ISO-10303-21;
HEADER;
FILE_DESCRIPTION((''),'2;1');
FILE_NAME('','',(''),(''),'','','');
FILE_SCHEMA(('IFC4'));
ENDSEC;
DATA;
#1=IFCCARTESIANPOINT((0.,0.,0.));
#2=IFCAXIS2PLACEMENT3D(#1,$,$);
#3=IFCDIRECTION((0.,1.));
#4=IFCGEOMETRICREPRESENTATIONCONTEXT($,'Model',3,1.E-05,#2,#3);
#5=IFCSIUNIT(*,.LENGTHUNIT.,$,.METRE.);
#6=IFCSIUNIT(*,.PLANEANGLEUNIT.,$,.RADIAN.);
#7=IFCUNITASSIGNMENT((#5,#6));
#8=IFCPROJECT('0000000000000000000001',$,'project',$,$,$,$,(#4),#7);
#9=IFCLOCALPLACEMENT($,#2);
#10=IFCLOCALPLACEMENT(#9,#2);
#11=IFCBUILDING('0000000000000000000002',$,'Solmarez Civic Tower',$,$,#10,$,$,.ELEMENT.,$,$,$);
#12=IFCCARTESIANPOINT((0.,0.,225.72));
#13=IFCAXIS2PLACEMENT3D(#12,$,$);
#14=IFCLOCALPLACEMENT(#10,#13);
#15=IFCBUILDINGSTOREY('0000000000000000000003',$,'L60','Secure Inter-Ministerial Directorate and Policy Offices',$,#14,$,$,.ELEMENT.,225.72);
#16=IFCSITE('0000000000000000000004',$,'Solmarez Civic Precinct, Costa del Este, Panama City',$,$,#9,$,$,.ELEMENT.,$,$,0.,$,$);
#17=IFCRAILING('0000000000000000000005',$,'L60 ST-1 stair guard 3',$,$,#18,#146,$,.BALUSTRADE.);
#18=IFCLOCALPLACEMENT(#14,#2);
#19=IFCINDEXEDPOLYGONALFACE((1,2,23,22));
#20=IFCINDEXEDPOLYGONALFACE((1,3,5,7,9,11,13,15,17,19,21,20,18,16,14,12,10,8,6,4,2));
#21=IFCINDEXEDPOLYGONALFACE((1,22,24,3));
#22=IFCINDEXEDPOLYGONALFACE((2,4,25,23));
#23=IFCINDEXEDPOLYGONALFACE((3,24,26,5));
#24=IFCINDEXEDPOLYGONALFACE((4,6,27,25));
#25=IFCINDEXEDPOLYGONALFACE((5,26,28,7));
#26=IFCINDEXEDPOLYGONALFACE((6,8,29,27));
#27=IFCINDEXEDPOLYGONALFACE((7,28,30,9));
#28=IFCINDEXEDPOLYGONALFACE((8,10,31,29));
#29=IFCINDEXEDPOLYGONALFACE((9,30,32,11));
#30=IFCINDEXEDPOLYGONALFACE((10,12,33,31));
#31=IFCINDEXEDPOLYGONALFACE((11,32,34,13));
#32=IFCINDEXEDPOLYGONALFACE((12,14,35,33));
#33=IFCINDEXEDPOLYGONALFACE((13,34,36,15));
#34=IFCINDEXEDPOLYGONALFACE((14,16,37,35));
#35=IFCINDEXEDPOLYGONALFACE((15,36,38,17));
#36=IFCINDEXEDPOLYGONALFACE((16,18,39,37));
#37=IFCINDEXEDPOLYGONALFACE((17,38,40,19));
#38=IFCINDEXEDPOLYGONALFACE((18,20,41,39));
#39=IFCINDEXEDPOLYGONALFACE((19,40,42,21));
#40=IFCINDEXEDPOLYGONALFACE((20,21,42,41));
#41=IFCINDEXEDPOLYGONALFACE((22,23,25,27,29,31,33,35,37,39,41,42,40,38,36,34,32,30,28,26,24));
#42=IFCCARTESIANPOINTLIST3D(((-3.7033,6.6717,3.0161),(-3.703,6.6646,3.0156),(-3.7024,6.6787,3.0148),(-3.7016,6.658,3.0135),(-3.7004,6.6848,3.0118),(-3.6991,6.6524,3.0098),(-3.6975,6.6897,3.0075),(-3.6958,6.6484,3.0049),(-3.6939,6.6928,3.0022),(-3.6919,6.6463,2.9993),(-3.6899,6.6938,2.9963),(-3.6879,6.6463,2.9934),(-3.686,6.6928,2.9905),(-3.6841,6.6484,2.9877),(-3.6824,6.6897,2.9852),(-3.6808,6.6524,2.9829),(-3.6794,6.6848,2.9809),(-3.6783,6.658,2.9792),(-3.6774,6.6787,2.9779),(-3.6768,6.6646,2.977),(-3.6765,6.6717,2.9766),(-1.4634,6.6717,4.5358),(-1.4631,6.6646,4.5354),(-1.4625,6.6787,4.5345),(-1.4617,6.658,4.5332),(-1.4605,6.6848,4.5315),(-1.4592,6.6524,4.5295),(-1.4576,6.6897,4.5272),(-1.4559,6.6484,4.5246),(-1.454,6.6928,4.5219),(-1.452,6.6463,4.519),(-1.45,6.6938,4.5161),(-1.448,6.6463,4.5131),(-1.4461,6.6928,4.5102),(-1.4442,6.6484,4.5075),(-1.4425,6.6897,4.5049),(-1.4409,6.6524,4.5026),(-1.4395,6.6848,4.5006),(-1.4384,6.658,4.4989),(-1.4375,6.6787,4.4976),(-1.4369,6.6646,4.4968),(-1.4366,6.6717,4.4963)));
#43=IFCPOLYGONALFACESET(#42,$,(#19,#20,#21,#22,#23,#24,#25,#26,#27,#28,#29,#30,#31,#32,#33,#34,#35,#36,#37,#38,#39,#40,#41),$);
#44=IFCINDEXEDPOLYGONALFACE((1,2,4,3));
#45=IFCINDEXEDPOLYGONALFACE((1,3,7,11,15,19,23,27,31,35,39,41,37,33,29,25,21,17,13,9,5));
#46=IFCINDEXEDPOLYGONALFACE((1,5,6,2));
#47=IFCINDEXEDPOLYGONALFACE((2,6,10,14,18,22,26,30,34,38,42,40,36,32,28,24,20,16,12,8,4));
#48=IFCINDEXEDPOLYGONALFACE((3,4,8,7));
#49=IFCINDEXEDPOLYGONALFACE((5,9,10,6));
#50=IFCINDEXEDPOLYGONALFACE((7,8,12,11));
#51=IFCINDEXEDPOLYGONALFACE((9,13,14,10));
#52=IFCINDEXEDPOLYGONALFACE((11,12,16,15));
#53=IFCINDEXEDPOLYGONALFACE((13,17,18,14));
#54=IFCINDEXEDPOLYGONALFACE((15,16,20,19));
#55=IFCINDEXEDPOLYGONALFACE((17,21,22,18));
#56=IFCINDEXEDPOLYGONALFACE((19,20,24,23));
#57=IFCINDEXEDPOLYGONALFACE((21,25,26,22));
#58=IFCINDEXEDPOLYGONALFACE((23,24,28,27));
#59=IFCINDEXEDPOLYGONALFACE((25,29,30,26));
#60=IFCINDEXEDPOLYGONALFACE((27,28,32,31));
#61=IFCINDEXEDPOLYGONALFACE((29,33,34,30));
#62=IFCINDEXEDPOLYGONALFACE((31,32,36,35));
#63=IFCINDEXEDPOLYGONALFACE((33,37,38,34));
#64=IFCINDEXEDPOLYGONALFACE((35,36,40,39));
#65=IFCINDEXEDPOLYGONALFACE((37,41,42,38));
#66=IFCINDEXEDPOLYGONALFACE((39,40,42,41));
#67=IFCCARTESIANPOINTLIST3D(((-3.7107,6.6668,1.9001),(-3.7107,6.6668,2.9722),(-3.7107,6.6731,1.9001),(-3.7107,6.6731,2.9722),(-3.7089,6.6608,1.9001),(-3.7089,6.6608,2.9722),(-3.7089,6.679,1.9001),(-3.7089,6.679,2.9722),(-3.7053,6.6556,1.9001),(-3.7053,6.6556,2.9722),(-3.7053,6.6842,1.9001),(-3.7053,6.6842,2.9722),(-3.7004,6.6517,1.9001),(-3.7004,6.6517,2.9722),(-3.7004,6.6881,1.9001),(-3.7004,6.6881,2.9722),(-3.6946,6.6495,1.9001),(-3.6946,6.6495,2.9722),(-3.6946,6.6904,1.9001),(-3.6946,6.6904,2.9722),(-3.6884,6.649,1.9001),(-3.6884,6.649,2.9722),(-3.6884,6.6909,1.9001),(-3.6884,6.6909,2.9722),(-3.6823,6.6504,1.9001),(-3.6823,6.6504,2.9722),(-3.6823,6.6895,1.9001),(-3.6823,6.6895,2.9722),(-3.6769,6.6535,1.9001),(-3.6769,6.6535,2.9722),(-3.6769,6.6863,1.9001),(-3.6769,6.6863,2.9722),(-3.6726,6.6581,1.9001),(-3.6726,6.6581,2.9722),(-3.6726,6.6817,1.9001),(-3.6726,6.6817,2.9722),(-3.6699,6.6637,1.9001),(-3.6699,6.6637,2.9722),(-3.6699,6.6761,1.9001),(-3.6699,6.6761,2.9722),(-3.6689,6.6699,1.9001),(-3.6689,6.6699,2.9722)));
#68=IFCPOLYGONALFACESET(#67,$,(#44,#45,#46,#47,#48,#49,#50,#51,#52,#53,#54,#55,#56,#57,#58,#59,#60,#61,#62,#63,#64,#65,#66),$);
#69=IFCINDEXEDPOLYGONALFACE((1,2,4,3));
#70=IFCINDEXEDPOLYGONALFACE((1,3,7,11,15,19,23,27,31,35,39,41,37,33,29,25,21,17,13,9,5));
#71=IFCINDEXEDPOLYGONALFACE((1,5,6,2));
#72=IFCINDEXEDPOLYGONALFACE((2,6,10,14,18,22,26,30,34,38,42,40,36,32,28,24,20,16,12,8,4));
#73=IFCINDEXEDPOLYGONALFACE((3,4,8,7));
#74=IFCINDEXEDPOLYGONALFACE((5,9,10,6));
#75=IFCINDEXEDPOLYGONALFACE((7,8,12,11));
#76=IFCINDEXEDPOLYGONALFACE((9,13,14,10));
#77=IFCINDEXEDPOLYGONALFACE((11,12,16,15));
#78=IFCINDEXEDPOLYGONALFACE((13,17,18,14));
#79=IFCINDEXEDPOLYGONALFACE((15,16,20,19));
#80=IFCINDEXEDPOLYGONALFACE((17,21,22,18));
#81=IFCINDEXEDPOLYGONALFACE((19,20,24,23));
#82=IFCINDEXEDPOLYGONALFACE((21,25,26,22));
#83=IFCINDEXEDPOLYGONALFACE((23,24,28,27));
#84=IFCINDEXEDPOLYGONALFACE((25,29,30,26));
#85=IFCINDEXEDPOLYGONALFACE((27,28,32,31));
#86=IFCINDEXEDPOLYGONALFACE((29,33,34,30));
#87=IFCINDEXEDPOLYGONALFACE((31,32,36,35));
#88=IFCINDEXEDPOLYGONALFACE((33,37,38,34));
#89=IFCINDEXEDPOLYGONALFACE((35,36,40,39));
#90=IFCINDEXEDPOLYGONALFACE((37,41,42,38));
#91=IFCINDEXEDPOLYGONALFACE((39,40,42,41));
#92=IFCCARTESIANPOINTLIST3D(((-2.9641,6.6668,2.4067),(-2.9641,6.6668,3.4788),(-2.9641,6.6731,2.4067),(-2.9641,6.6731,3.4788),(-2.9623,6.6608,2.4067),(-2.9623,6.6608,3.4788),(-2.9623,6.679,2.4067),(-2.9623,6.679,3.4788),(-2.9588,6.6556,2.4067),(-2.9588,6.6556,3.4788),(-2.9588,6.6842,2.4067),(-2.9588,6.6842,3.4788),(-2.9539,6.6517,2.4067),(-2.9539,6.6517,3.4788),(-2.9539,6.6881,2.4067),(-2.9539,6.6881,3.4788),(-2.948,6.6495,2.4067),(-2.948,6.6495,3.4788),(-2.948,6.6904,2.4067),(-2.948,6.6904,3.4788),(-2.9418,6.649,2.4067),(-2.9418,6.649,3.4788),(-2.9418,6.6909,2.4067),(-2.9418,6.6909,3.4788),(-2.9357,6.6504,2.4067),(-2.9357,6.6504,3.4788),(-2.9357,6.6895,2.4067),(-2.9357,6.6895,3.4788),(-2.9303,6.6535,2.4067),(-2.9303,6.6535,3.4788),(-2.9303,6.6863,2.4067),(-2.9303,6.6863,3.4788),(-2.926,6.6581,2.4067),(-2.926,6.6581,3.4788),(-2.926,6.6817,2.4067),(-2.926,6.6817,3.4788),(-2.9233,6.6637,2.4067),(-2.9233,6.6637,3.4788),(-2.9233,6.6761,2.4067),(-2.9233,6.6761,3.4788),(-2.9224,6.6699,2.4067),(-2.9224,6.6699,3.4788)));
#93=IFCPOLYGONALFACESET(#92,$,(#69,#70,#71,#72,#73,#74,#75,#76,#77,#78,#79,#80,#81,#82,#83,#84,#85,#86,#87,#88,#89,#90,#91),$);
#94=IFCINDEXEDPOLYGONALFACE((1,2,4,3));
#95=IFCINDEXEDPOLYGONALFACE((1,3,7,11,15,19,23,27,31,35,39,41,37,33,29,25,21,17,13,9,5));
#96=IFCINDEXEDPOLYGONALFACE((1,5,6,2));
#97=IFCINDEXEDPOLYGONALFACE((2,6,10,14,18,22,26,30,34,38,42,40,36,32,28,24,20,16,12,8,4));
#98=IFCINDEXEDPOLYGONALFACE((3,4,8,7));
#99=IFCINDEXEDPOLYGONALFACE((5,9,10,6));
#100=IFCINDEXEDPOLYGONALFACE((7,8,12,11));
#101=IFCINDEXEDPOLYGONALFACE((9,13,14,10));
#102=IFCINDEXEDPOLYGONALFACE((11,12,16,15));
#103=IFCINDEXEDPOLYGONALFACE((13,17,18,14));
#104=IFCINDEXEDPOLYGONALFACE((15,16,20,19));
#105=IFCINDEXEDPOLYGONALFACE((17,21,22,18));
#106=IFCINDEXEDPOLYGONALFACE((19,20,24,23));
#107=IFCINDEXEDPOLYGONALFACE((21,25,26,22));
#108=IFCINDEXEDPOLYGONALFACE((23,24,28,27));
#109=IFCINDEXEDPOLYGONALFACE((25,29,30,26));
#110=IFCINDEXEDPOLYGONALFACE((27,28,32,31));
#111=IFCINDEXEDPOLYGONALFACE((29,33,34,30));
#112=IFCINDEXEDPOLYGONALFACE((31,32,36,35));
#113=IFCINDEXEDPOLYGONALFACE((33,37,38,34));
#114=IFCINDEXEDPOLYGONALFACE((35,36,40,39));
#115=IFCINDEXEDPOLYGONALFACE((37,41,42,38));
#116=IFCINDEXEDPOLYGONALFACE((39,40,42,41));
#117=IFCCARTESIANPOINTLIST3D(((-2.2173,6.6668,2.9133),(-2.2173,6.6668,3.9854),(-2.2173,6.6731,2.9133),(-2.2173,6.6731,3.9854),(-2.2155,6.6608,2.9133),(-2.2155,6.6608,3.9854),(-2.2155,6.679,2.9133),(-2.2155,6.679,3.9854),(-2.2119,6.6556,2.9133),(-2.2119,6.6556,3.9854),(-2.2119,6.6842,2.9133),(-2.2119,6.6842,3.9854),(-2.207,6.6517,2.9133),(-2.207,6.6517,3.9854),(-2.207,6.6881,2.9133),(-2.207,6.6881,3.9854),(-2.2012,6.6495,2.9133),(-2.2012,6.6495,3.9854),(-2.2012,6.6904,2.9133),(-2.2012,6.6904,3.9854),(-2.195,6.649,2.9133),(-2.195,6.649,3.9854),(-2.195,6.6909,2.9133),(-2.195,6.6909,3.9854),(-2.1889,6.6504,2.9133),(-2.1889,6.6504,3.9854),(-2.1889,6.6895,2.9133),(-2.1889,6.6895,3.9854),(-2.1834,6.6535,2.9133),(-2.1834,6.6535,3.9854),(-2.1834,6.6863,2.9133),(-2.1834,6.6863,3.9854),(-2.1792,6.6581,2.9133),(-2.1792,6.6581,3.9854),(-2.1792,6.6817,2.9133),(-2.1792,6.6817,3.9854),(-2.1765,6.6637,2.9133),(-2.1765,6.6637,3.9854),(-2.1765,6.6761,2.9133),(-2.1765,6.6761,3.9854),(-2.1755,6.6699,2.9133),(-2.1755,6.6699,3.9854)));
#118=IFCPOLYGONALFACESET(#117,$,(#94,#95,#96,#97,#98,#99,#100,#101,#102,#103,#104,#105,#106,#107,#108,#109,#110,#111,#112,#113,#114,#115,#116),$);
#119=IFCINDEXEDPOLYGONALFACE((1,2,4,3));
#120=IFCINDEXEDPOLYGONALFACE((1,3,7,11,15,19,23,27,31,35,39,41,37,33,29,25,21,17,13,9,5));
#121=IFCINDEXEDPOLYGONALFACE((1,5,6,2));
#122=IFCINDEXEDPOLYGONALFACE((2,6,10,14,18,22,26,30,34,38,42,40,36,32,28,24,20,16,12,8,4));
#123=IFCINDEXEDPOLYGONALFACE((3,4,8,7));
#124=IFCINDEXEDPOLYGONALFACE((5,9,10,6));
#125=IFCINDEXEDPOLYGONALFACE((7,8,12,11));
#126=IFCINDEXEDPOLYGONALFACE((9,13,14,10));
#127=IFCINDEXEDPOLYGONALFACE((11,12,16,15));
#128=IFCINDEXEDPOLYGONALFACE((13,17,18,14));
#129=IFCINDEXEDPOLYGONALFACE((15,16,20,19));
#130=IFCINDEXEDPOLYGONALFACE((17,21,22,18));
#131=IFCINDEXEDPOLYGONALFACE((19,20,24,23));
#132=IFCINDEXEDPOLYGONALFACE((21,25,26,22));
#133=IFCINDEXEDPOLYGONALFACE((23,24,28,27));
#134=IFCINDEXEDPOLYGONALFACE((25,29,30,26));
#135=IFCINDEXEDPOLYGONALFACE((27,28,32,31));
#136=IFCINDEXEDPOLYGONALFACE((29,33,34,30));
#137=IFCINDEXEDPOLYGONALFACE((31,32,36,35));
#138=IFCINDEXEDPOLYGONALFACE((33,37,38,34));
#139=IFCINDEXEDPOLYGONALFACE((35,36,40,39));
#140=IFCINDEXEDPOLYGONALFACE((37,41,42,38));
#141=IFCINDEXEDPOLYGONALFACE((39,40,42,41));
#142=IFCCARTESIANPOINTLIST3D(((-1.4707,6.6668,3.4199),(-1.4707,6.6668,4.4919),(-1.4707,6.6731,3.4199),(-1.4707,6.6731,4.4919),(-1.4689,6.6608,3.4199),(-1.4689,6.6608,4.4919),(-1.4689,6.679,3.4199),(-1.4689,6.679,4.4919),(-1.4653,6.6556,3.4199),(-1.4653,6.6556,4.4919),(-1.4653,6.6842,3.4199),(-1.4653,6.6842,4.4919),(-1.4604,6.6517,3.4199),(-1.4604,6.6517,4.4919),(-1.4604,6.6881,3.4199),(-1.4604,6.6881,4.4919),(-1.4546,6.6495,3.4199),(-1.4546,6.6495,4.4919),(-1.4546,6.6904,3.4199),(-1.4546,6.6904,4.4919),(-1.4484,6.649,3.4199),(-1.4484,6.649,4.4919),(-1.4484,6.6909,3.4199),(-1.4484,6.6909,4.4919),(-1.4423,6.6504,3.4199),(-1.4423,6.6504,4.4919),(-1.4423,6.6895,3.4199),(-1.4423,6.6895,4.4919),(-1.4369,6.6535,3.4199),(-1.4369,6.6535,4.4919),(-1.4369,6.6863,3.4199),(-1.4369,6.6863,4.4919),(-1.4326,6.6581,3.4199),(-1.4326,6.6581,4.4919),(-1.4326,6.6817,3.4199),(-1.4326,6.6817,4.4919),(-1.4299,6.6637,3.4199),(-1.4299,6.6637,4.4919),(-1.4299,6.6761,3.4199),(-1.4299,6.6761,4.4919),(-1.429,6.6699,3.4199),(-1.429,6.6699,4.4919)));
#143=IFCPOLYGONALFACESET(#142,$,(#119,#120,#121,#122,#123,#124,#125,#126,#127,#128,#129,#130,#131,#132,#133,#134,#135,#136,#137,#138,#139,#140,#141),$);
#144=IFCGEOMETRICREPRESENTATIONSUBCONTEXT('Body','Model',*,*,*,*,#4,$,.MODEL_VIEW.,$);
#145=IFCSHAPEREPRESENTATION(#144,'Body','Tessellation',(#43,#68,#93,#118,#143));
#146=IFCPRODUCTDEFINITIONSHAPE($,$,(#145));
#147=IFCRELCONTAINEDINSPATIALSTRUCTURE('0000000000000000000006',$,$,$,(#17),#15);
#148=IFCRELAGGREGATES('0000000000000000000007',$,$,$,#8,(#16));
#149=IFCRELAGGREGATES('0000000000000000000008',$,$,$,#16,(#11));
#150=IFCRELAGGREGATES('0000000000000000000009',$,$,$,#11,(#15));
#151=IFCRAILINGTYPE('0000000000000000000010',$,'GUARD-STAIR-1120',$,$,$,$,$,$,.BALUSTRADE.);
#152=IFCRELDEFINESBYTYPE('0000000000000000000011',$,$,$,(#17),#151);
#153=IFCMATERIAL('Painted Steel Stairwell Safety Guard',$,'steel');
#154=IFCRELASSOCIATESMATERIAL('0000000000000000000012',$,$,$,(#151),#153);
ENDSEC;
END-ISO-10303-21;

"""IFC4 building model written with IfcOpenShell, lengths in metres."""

from ifc_helpers import new_model, si_unit, direction, frame, origin, origin_2d, place, context, subcontext, project, spatial, circle, extrude, material, type_object, element, save


model = new_model("IFC4")

# Units and contexts
model_context = context("Model", 3, precision=1e-05, world=origin(), true_north=direction((0.0, 1.0)))
body_context = subcontext(model_context, "Body", "Model", "MODEL_VIEW")
ifc_project = project(units=[si_unit("LENGTHUNIT", "METRE"), si_unit("PLANEANGLEUNIT", "RADIAN")], contexts=[model_context])

# Site, building, storey
site_placement = place(None, origin())
site = spatial("IfcSite", under=ifc_project, at=site_placement, Name="Solmarez Civic Precinct, Costa del Este, Panama City", CompositionType="ELEMENT", RefElevation=0.0)
building_placement = place(site_placement, origin())
building = spatial("IfcBuilding", under=site, at=building_placement, Name="Solmarez Civic Tower", CompositionType="ELEMENT")
storey_placement = place(building_placement, frame((0.0, 0.0, 225.72)))
storey = spatial("IfcBuildingStorey", under=building, at=storey_placement, Name="L60", Description="Secure Inter-Ministerial Directorate and Policy Offices", CompositionType="ELEMENT", Elevation=225.72)

# Railing
ifc_material_1 = material(Name="Painted Steel Stairwell Safety Guard", Category="steel")
railing_type_1 = type_object("IfcRailingType", Name="GUARD-STAIR-1120", PredefinedType="BALUSTRADE", material=ifc_material_1)
railing_1_placement = place(storey_placement, frame((-3.6899, 6.6699, 1.9001)))
element("IfcRailing", 1, at=railing_1_placement, inside=storey, type_object=railing_type_1, Name="L60 ST-1 stair guard 3", PredefinedType="BALUSTRADE", context=body_context, shape_type="SweptSolid", body=[
    extrude(circle(Radius=0.0239, at=origin_2d()), frame((0.0, 0.0, 1.0962), z_axis=(0.827513, 0.0, 0.561446), x_axis=(0.0, 1.0, 0.0)), (0.0, 0.0, 1.0), 2.7068),
    extrude(circle(Radius=0.021, at=origin_2d()), origin(), (0.0, 0.0, 1.0), 1.072),
    extrude(circle(Radius=0.021, at=origin_2d()), frame((0.7466, 0.0, 0.5066)), (0.0, 0.0, 1.0), 1.072),
    extrude(circle(Radius=0.021, at=origin_2d()), frame((1.4934, 0.0, 1.0132)), (0.0, 0.0, 1.0), 1.072),
    extrude(circle(Radius=0.021, at=origin_2d()), frame((2.24, 0.0, 1.5198)), (0.0, 0.0, 1.0), 1.072),
])

save(model, "model.ifc")
